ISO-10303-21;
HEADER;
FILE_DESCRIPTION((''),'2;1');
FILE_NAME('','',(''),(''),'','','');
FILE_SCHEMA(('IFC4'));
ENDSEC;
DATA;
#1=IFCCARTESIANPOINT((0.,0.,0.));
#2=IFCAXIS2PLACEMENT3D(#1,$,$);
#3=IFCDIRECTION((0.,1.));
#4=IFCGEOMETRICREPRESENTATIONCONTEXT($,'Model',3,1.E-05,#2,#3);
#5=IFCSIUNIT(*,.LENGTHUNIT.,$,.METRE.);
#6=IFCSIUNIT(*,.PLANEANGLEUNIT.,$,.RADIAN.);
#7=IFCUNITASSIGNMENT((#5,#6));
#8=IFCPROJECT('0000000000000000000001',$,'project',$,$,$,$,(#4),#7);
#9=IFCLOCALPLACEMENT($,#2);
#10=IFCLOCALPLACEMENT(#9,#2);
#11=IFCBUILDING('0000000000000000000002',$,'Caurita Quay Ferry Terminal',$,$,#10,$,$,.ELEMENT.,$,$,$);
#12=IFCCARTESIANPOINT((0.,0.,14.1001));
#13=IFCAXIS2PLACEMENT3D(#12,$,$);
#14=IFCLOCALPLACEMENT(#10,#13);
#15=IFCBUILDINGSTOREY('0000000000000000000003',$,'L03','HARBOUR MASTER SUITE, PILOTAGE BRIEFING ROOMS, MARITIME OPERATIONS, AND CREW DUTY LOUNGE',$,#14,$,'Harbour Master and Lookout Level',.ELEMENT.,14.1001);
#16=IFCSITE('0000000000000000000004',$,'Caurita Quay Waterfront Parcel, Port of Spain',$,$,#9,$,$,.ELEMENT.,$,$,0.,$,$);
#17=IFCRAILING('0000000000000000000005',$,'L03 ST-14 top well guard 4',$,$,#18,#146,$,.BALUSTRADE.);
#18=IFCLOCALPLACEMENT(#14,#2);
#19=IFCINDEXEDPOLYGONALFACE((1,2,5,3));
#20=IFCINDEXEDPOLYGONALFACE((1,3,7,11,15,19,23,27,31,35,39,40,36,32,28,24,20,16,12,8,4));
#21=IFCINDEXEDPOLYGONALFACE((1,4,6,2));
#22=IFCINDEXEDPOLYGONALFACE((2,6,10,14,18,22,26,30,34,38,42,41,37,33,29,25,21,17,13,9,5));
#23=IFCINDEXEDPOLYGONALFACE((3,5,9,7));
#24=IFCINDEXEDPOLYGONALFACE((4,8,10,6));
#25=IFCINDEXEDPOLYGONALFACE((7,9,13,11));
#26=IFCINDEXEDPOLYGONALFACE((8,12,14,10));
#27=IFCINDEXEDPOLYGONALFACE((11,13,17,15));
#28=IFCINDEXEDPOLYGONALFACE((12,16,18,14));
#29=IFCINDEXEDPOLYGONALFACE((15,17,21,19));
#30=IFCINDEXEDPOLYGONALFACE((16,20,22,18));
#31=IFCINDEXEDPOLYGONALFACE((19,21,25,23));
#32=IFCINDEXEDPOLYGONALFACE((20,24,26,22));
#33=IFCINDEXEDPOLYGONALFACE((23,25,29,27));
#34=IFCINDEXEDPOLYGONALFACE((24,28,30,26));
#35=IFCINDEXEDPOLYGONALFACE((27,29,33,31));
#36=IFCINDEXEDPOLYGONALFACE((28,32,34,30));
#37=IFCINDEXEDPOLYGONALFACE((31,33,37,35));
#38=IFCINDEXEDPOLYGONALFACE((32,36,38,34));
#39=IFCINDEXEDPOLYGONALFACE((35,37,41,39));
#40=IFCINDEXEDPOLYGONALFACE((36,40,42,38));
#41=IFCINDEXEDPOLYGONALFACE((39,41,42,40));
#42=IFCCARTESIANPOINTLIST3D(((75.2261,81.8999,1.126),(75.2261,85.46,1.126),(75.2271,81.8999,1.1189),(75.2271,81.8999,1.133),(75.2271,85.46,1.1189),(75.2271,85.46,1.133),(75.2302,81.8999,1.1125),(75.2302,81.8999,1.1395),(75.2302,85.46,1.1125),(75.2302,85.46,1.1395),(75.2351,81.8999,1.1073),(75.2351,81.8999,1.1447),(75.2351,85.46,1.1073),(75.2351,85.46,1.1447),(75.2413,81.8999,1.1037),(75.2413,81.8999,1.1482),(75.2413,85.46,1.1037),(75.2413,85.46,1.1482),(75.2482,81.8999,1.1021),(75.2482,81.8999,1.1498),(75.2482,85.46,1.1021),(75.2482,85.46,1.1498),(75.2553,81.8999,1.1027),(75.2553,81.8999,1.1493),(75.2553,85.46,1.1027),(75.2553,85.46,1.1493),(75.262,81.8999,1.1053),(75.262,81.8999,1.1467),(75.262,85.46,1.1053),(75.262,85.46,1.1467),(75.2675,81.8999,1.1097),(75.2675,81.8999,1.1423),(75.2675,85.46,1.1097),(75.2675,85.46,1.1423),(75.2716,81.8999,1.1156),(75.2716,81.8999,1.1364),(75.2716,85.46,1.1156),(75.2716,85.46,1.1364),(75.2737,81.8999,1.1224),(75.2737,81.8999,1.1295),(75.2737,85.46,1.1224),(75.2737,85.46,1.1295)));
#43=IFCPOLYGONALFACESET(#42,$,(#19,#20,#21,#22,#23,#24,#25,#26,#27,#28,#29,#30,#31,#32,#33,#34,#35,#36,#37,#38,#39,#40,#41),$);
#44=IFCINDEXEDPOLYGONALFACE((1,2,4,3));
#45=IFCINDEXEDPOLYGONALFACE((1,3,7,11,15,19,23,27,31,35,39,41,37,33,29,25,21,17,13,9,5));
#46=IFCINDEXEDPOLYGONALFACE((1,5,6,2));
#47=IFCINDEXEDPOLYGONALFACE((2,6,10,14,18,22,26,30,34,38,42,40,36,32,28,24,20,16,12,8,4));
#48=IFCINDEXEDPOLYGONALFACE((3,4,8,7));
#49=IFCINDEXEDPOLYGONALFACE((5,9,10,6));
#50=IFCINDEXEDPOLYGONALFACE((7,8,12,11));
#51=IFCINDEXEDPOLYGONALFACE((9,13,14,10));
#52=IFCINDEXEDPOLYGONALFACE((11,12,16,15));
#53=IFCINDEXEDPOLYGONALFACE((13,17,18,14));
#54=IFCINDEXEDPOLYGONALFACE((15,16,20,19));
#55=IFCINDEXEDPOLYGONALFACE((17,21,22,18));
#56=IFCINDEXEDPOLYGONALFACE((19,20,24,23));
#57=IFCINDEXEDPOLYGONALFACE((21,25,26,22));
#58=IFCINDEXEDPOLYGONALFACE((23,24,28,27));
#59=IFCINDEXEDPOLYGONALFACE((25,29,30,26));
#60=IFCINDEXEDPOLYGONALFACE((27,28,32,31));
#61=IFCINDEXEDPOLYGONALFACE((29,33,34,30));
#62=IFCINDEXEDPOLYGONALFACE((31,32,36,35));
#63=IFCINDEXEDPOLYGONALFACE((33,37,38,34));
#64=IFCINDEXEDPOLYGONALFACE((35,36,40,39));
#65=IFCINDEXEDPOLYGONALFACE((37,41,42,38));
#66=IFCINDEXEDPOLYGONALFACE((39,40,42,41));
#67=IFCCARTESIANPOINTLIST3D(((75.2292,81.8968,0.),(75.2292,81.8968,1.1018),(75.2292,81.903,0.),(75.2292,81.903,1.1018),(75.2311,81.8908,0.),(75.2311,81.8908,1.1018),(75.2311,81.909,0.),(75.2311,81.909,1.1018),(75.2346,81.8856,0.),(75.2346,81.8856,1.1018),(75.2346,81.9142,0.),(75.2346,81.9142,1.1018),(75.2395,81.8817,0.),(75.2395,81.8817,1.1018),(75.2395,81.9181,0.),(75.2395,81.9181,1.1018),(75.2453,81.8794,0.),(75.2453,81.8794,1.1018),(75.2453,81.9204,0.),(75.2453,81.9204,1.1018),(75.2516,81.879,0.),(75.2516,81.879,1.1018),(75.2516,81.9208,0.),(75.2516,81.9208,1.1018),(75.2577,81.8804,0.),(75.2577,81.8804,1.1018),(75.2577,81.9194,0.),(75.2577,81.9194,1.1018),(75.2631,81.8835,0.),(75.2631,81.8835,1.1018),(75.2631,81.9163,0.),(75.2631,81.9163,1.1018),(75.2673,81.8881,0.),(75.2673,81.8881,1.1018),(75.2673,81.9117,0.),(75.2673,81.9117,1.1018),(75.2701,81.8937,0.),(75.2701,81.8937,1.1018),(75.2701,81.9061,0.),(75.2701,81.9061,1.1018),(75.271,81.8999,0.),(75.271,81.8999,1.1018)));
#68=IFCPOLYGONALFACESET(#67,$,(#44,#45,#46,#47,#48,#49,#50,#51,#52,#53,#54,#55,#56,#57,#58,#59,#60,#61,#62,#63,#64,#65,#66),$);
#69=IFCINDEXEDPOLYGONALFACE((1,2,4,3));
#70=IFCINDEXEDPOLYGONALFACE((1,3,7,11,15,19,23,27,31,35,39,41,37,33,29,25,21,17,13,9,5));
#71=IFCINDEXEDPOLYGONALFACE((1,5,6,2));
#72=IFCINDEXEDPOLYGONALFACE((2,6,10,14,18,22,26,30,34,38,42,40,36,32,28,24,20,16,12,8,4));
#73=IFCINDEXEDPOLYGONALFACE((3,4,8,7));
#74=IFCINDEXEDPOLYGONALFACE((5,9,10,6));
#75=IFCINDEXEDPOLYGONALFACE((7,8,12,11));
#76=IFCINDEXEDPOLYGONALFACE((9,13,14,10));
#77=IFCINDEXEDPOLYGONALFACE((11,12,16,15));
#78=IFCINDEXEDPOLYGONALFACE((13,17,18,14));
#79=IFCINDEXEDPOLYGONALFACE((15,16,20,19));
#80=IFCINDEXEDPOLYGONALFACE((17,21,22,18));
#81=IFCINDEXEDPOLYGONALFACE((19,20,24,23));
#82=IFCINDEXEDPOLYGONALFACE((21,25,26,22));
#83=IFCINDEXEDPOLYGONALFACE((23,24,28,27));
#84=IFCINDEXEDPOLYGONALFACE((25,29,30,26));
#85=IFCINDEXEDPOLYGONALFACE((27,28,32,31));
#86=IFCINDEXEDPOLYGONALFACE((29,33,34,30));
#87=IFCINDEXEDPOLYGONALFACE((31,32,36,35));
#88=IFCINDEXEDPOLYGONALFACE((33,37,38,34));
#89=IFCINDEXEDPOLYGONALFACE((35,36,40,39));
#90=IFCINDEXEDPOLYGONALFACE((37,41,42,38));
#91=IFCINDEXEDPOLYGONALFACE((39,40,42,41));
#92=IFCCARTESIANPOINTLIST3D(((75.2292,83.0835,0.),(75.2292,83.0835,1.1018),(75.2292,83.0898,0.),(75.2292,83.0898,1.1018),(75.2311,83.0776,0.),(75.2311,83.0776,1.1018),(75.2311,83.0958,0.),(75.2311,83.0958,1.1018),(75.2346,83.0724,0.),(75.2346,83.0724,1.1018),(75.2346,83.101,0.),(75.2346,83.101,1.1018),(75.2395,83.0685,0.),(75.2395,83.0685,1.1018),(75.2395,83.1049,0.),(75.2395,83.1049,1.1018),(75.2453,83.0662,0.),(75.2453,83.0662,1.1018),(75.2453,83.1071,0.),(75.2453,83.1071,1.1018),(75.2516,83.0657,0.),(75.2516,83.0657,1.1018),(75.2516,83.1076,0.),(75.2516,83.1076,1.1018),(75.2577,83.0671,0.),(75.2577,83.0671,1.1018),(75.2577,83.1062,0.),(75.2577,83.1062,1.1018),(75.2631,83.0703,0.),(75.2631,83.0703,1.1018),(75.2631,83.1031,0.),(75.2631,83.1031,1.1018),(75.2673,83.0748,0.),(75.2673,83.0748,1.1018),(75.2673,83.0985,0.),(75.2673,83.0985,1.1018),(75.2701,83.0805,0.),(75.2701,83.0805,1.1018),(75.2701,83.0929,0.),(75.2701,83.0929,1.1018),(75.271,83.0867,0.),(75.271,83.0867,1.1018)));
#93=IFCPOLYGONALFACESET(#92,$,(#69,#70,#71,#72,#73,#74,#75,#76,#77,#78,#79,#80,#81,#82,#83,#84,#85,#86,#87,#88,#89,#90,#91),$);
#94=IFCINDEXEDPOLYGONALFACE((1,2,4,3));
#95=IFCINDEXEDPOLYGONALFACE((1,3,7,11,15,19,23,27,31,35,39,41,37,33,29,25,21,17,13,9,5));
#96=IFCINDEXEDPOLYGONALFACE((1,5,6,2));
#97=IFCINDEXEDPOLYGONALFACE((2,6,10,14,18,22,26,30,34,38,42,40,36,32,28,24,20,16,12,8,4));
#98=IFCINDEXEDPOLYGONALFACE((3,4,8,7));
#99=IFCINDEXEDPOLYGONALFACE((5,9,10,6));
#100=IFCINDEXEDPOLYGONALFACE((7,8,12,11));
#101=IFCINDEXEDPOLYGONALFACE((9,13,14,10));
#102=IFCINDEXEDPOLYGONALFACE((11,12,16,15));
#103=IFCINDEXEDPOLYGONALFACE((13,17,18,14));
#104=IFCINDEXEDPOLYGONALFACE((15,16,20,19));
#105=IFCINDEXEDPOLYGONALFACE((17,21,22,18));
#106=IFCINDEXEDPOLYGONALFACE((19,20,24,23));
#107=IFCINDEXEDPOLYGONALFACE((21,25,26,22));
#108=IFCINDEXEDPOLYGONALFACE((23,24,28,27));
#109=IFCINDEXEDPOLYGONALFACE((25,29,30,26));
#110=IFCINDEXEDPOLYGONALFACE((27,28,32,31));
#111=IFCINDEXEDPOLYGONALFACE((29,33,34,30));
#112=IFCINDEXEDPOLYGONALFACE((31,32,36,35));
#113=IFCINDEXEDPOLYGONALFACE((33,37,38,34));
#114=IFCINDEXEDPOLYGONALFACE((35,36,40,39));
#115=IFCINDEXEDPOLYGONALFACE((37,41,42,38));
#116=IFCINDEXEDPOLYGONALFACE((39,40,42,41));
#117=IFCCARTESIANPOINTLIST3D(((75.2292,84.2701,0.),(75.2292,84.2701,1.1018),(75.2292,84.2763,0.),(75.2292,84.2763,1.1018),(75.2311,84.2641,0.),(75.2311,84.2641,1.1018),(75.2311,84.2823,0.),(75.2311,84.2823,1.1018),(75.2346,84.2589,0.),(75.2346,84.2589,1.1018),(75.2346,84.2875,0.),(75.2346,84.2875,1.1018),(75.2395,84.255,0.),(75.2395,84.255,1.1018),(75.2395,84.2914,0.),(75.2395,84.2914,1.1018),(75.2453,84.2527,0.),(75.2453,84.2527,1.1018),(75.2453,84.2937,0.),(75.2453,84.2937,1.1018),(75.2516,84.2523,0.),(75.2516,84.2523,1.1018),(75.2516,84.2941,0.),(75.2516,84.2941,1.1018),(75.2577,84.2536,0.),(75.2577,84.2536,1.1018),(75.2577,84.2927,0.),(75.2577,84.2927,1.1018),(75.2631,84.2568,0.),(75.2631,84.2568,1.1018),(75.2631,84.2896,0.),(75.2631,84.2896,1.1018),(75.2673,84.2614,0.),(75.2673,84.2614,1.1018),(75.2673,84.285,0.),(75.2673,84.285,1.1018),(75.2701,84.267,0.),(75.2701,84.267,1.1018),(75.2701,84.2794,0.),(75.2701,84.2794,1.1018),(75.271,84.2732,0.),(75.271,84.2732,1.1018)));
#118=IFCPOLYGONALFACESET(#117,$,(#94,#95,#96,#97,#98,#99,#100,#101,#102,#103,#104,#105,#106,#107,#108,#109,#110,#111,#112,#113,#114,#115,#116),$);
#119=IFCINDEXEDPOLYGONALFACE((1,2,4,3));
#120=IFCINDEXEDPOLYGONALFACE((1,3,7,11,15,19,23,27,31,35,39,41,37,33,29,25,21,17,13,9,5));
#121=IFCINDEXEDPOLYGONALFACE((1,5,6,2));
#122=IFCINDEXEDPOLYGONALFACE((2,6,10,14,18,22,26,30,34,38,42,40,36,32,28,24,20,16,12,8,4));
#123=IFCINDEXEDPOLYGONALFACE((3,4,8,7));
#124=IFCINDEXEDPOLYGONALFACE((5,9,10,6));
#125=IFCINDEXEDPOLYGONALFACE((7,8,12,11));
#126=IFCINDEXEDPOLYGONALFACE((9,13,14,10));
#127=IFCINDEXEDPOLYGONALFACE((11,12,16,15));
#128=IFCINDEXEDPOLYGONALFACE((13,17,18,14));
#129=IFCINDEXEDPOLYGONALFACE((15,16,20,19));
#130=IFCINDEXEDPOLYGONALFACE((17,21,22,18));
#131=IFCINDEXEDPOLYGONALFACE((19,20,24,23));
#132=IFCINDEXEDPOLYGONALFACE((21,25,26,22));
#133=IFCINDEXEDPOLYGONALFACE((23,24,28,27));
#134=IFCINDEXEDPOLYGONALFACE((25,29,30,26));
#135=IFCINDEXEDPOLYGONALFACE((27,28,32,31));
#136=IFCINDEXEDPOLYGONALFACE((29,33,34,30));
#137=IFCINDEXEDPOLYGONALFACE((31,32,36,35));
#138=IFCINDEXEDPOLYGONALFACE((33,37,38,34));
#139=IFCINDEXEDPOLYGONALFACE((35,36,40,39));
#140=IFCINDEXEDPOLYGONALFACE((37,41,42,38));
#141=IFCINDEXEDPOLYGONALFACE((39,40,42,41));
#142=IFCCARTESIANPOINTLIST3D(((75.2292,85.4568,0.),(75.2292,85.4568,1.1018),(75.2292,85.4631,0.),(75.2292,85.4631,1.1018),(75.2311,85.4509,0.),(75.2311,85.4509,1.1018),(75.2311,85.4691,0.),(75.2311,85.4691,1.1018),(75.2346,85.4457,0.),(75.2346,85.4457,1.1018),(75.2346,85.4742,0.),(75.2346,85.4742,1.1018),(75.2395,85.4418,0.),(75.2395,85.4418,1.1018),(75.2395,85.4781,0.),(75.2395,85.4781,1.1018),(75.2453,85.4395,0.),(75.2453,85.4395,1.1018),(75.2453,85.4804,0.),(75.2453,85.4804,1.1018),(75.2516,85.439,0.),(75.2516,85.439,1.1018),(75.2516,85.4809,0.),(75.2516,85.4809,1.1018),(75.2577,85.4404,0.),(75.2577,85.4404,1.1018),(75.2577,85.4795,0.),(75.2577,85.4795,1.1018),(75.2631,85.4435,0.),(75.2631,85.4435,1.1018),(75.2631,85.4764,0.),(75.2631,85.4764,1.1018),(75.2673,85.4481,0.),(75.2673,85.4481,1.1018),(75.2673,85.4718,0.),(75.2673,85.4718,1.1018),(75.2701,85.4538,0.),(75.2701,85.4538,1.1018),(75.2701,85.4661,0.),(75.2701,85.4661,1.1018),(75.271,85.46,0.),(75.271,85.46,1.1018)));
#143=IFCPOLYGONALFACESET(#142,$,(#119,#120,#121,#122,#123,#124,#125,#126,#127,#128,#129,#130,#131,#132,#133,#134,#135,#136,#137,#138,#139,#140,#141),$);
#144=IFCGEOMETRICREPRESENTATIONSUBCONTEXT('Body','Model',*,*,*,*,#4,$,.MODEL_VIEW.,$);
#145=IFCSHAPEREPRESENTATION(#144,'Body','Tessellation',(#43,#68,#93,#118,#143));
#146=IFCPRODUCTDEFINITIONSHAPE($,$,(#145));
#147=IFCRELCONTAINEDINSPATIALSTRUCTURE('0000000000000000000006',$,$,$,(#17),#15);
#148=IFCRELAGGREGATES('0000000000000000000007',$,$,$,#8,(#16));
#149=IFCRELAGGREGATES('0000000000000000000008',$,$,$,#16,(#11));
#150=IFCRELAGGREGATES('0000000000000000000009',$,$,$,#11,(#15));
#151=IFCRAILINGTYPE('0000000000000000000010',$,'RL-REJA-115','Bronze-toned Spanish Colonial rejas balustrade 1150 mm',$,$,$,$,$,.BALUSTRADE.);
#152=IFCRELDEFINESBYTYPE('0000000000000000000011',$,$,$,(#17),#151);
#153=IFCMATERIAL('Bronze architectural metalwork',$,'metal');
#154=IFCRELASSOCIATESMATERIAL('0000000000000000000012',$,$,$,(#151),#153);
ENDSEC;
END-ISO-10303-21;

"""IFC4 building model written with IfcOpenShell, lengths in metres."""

from ifc_helpers import new_model, si_unit, direction, frame, origin, origin_2d, place, context, subcontext, project, spatial, circle, extrude, material, type_object, element, save


model = new_model("IFC4")

# Units and contexts
model_context = context("Model", 3, precision=1e-05, world=origin(), true_north=direction((0.0, 1.0)))
body_context = subcontext(model_context, "Body", "Model", "MODEL_VIEW")
ifc_project = project(units=[si_unit("LENGTHUNIT", "METRE"), si_unit("PLANEANGLEUNIT", "RADIAN")], contexts=[model_context])

# Site, building, storey
site_placement = place(None, origin())
site = spatial("IfcSite", under=ifc_project, at=site_placement, Name="Caurita Quay Waterfront Parcel, Port of Spain", CompositionType="ELEMENT", RefElevation=0.0)
building_placement = place(site_placement, origin())
building = spatial("IfcBuilding", under=site, at=building_placement, Name="Caurita Quay Ferry Terminal", CompositionType="ELEMENT")
storey_placement = place(building_placement, frame((0.0, 0.0, 14.1001)))
storey = spatial("IfcBuildingStorey", under=building, at=storey_placement, Name="L03", Description="HARBOUR MASTER SUITE, PILOTAGE BRIEFING ROOMS, MARITIME OPERATIONS, AND CREW DUTY LOUNGE", LongName="Harbour Master and Lookout Level", CompositionType="ELEMENT", Elevation=14.1001)

# Railing
ifc_material_1 = material(Name="Bronze architectural metalwork", Category="metal")
railing_type = type_object("IfcRailingType", Name="RL-REJA-115", Description="Bronze-toned Spanish Colonial rejas balustrade 1150 mm", PredefinedType="BALUSTRADE", material=ifc_material_1)
railing_1_placement = place(storey_placement, frame((75.25, 81.8999, 0.0)))
element("IfcRailing", 1, at=railing_1_placement, inside=storey, type_object=railing_type, Name="L03 ST-14 top well guard 4", PredefinedType="BALUSTRADE", context=body_context, shape_type="SweptSolid", body=[
    extrude(circle(Radius=0.0239, at=origin_2d()), frame((0.0, 0.0, 1.126), z_axis=(0.0, 1.0, 0.0), x_axis=(-1.0, 0.0, 0.0)), (0.0, 0.0, 1.0), 3.5601),
    extrude(circle(Radius=0.021, at=origin_2d()), origin(), (0.0, 0.0, 1.0), 1.1018),
    extrude(circle(Radius=0.021, at=origin_2d()), frame((0.0, 1.1868, 0.0)), (0.0, 0.0, 1.0), 1.1018),
    extrude(circle(Radius=0.021, at=origin_2d()), frame((0.0, 2.3733, 0.0)), (0.0, 0.0, 1.0), 1.1018),
    extrude(circle(Radius=0.021, at=origin_2d()), frame((0.0, 3.5601, 0.0)), (0.0, 0.0, 1.0), 1.1018),
])

save(model, "model.ifc")
